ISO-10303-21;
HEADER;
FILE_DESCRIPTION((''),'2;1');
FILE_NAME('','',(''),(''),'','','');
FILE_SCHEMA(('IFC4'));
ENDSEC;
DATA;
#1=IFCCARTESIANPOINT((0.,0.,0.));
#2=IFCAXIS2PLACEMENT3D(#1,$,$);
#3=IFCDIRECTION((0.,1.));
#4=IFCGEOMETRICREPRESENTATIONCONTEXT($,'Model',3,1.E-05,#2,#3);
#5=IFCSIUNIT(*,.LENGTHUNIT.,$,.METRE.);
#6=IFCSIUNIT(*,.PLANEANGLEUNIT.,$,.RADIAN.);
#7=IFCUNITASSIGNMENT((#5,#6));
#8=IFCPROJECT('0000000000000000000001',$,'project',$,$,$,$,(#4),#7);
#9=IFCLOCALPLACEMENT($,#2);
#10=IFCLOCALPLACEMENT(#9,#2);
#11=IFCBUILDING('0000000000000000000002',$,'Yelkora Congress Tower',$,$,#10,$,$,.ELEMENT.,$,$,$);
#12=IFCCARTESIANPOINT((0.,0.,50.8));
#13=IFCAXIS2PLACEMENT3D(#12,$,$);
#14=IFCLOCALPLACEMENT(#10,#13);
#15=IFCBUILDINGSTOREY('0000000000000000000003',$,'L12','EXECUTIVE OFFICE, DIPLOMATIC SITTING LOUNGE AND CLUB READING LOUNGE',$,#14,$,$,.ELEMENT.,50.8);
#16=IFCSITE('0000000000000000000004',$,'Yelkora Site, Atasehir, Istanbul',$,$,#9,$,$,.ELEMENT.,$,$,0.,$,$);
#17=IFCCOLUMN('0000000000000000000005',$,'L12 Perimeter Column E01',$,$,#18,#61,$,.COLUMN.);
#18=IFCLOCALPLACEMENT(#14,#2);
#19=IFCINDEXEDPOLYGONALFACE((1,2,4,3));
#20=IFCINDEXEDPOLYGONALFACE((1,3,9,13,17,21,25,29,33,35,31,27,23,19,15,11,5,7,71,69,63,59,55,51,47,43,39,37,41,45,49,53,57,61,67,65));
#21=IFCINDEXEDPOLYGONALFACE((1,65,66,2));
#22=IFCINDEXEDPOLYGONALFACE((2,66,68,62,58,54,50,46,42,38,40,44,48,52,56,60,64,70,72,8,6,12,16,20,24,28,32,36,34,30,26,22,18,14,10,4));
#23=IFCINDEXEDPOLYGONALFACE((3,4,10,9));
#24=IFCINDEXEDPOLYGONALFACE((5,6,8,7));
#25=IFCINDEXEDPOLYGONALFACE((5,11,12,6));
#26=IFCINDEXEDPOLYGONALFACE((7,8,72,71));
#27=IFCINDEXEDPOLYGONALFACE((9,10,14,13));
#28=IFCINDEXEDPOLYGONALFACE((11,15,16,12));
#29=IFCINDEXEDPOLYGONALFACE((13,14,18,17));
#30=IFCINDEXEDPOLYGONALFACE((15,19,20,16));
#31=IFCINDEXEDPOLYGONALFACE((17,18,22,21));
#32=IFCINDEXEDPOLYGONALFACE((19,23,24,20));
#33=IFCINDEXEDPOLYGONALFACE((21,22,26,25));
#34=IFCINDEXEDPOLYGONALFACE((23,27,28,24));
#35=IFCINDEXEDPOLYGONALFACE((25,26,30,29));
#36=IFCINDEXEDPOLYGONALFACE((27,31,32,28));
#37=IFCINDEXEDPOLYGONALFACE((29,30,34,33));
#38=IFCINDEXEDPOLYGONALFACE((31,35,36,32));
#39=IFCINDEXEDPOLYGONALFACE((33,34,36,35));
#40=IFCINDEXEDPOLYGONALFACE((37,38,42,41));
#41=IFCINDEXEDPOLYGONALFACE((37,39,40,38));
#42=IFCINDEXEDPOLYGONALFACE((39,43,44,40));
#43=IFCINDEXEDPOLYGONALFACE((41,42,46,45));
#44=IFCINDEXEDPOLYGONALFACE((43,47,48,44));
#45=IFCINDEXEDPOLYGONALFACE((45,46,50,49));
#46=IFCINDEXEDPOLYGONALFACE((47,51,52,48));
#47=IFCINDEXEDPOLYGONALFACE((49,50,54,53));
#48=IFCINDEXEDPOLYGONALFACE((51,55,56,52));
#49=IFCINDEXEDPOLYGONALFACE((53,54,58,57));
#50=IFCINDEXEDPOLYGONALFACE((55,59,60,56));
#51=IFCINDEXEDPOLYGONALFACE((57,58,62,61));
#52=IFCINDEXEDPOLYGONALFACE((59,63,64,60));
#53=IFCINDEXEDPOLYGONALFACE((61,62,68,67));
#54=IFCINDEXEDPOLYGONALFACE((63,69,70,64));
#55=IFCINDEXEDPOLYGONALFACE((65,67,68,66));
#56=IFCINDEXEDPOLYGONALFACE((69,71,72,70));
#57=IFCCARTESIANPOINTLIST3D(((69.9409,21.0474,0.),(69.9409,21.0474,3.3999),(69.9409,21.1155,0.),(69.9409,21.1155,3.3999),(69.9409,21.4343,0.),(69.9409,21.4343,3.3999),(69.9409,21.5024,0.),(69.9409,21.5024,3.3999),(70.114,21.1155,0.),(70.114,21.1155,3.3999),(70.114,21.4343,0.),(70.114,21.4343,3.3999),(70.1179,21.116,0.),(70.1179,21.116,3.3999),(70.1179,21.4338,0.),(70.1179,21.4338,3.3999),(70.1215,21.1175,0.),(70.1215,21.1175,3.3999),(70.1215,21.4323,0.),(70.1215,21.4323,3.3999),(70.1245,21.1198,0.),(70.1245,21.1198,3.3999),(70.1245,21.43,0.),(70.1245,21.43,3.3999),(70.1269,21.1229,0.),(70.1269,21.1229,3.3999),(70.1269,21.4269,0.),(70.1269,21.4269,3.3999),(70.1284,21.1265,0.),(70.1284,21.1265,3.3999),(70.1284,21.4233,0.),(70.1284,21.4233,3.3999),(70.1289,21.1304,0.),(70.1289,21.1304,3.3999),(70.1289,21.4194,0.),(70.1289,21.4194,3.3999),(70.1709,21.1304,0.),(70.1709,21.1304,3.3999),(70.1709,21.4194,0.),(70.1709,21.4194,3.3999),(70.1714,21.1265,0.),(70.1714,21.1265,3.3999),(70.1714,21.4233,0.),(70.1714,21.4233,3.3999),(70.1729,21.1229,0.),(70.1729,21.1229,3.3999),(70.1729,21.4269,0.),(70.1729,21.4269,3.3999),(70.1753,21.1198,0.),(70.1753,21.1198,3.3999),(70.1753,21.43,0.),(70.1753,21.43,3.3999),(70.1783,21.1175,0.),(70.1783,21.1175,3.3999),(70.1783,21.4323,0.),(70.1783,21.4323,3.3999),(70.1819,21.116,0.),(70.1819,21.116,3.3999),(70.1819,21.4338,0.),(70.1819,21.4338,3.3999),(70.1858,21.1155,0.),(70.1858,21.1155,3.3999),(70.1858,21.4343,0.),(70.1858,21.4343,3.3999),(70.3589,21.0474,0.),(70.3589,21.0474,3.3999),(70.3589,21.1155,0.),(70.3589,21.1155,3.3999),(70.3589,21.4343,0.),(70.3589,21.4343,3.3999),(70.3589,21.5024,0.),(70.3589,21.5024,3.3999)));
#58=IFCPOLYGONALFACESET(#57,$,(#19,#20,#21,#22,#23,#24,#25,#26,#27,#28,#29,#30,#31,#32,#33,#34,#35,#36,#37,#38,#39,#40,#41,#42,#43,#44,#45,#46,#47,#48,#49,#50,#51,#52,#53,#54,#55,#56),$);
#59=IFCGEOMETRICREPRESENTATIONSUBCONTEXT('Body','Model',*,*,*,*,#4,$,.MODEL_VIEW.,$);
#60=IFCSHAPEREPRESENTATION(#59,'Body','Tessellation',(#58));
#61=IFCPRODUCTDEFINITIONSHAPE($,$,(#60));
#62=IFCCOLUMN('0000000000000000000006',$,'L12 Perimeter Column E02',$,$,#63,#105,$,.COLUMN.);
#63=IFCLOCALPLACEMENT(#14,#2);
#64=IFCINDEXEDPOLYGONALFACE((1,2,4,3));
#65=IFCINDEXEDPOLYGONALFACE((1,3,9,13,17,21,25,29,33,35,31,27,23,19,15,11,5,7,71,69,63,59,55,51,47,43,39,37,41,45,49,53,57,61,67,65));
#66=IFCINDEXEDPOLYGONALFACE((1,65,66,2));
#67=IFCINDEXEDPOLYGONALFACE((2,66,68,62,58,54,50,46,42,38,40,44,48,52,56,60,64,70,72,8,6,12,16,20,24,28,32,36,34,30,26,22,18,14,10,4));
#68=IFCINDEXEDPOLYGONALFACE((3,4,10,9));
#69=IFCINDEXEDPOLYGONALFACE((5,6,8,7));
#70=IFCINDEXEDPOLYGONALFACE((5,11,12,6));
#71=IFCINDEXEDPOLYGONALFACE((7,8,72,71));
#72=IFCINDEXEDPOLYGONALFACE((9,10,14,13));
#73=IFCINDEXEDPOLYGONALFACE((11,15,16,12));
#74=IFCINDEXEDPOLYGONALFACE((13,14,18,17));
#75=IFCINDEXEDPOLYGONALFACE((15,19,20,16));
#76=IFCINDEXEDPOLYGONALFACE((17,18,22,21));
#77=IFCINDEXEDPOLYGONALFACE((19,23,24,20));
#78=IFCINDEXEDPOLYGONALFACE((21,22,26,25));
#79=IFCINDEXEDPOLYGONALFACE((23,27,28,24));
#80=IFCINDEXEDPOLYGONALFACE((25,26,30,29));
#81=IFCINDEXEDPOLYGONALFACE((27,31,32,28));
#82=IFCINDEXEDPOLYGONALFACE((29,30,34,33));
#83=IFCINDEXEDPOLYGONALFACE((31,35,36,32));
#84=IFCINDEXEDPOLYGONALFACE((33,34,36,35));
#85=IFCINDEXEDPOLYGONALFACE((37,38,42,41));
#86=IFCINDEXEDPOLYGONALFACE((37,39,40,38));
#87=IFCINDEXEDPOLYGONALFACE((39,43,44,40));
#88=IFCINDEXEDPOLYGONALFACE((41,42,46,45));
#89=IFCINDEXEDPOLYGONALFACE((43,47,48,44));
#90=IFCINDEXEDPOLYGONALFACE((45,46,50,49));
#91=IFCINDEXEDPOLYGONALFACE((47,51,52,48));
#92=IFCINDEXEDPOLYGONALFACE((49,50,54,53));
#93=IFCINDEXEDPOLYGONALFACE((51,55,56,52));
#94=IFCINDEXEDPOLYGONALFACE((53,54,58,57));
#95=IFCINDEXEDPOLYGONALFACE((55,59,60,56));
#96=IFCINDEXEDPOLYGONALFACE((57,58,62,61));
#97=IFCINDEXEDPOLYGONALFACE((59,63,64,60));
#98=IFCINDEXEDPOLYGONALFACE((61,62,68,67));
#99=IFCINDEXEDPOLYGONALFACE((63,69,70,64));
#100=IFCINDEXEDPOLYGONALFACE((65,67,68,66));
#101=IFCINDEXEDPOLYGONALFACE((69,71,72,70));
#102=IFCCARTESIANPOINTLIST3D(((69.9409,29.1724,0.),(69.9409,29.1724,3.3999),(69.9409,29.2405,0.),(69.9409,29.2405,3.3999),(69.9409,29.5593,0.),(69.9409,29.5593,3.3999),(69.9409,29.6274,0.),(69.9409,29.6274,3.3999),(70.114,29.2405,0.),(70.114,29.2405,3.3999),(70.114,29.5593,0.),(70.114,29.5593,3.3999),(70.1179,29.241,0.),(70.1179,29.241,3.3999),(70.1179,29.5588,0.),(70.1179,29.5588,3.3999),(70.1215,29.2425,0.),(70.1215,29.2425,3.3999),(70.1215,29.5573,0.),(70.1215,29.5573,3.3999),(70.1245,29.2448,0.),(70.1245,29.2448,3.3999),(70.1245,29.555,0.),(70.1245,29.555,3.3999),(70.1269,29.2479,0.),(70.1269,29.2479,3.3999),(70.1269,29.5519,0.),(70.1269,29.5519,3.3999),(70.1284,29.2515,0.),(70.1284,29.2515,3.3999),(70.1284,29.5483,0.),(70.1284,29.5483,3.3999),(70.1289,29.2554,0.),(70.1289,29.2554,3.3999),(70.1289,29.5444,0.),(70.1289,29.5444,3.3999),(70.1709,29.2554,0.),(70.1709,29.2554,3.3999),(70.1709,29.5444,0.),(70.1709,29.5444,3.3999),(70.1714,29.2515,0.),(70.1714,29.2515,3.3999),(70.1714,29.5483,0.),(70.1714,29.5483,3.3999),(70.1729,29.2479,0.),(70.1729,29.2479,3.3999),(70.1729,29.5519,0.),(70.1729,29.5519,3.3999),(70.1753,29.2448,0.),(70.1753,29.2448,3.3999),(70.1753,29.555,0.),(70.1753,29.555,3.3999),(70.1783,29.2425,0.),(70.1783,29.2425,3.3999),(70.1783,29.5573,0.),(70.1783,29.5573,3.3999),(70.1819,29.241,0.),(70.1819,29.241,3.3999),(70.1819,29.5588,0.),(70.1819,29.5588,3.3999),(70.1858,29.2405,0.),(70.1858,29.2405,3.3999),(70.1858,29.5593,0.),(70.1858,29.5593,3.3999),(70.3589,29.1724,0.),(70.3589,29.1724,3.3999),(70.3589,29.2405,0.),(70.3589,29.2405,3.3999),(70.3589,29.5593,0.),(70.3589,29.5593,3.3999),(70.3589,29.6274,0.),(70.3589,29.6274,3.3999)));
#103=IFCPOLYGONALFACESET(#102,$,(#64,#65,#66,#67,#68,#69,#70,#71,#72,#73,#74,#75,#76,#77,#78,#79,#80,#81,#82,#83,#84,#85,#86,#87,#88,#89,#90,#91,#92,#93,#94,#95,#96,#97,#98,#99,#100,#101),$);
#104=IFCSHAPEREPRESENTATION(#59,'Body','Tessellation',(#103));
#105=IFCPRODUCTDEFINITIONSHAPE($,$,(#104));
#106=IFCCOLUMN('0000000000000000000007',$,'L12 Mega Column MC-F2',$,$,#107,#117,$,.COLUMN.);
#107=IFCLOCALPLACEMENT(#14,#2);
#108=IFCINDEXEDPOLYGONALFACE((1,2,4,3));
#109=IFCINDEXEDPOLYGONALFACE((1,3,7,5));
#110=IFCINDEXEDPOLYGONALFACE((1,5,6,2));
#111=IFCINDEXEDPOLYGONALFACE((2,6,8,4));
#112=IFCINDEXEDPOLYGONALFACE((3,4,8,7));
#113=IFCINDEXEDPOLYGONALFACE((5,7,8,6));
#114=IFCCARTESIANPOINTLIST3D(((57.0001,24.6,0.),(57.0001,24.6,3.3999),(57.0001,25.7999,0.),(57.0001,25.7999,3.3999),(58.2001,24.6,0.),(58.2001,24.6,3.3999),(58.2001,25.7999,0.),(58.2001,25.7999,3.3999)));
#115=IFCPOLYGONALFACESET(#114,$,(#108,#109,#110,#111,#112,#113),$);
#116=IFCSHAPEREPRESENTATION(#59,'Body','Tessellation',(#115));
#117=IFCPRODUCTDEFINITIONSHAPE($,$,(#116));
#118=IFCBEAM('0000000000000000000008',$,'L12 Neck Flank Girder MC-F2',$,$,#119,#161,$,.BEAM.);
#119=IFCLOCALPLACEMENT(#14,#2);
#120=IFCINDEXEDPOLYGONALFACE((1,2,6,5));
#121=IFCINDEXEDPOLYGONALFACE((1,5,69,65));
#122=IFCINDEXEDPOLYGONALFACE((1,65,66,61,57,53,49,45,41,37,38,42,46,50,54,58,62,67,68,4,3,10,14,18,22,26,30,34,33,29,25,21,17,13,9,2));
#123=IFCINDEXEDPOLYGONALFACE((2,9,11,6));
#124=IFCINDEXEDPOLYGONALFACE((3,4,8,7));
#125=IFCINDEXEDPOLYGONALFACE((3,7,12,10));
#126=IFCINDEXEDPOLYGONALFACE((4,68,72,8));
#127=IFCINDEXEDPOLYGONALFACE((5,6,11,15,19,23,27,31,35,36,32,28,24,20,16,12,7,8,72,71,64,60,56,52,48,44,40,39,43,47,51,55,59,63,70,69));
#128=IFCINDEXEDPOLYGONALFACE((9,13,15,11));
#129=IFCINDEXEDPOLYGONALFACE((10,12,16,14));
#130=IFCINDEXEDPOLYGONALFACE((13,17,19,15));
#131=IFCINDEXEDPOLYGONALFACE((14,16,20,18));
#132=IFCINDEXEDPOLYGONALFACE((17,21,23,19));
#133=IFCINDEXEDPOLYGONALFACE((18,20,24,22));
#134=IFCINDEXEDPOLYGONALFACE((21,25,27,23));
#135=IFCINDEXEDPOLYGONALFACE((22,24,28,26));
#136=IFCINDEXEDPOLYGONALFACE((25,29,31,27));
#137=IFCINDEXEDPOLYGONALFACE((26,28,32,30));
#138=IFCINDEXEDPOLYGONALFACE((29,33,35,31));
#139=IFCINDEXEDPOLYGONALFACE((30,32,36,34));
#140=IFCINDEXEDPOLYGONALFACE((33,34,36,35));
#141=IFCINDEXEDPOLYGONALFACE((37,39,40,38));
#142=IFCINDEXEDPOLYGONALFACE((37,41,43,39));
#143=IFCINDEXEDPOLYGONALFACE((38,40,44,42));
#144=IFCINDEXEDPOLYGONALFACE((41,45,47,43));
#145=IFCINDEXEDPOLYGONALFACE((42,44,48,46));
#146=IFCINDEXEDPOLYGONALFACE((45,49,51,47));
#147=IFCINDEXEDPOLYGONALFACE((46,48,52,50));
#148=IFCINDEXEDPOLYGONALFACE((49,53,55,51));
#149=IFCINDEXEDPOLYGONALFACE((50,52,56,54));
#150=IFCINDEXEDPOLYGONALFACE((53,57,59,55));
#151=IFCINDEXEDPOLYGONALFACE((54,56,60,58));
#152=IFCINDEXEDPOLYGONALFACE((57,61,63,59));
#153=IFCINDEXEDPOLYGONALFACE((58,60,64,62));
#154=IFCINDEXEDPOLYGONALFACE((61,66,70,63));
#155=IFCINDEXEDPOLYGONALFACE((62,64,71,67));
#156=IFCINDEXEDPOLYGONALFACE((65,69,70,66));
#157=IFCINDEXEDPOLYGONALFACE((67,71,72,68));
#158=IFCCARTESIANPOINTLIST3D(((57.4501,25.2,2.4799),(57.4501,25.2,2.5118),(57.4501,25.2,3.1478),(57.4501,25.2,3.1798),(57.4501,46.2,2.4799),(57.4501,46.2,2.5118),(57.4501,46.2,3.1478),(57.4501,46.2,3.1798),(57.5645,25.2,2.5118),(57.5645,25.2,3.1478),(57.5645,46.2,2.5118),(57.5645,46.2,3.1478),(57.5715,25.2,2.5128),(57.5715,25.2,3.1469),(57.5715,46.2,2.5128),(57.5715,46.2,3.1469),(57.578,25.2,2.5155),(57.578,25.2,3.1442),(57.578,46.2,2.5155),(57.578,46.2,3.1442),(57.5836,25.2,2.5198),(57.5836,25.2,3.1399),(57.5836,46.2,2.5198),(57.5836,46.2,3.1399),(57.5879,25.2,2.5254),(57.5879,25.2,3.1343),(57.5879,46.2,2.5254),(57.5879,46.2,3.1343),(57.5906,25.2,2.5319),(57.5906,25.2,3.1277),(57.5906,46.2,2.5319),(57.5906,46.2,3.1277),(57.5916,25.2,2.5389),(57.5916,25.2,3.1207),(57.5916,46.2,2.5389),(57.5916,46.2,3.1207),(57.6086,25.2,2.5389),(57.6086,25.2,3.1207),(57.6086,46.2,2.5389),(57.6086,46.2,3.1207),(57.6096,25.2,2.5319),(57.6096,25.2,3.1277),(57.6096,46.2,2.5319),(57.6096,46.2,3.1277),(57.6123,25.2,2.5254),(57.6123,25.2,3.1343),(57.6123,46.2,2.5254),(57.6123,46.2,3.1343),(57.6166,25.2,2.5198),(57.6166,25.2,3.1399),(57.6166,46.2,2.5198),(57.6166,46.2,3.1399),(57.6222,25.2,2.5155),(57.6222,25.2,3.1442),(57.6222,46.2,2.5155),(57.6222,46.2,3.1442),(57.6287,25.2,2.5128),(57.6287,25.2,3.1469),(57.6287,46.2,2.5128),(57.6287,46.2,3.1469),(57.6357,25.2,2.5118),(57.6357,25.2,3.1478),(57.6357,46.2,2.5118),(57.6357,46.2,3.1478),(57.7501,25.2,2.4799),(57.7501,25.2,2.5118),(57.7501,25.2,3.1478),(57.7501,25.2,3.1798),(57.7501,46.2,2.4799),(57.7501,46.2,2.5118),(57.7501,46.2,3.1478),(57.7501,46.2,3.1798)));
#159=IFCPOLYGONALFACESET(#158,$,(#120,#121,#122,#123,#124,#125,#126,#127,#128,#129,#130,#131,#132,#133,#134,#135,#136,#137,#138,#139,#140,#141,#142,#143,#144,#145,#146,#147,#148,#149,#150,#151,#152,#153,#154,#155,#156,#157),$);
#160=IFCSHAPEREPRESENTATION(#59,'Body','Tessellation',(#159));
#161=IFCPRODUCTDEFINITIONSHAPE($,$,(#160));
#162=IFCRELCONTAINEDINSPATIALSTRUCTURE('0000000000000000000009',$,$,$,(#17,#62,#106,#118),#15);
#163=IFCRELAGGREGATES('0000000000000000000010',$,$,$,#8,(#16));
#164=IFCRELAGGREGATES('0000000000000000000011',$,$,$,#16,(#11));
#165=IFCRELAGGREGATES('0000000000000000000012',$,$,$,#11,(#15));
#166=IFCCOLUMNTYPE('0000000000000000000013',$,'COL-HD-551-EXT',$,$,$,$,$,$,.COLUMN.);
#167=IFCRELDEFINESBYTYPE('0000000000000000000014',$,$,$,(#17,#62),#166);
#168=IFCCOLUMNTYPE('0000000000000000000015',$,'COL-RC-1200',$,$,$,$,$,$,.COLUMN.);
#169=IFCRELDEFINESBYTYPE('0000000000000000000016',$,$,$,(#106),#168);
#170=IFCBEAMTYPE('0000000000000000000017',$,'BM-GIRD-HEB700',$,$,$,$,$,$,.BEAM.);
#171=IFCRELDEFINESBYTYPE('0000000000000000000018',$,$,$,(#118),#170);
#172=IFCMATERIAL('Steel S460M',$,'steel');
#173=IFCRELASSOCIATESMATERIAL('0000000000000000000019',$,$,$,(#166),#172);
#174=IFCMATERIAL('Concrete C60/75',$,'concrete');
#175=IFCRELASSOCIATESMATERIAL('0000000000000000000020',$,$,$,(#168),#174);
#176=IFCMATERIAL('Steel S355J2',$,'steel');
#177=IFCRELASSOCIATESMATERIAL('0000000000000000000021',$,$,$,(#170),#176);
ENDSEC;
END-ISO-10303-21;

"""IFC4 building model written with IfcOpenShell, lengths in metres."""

from ifc_helpers import new_model, si_unit, direction, frame, origin, origin_2d, place, context, subcontext, project, spatial, rectangle, i_section, extrude, material, material_profile, profile_set, type_object, element, save


model = new_model("IFC4")

# Units and contexts
model_context = context("Model", 3, precision=1e-05, world=origin(), true_north=direction((0.0, 1.0)))
body_context = subcontext(model_context, "Body", "Model", "MODEL_VIEW")
ifc_project = project(units=[si_unit("LENGTHUNIT", "METRE"), si_unit("PLANEANGLEUNIT", "RADIAN")], contexts=[model_context])

# Site, building, storey
site_placement = place(None, origin())
site = spatial("IfcSite", under=ifc_project, at=site_placement, Name="Yelkora Site, Atasehir, Istanbul", CompositionType="ELEMENT", RefElevation=0.0)
building_placement = place(site_placement, origin())
building = spatial("IfcBuilding", under=site, at=building_placement, Name="Yelkora Congress Tower", CompositionType="ELEMENT")
storey_placement = place(building_placement, frame((0.0, 0.0, 50.8)))
storey = spatial("IfcBuildingStorey", under=building, at=storey_placement, Name="L12", Description="EXECUTIVE OFFICE, DIPLOMATIC SITTING LOUNGE AND CLUB READING LOUNGE", CompositionType="ELEMENT", Elevation=50.8)

# Columns
ifc_material_1 = material(Name="Steel S460M", Category="steel")
ifc_material_profile_1 = material_profile(ifc_material_1, i_section(OverallWidth=0.418, OverallDepth=0.4551, WebThickness=0.042, FlangeThickness=0.0681, FilletRadius=0.0149, at=origin_2d()), Name="HD 400x551")
ifc_profile_set_1 = profile_set([ifc_material_profile_1], Name="Steel S460M")
column_type_1 = type_object("IfcColumnType", Name="COL-HD-551-EXT", PredefinedType="COLUMN", material=ifc_profile_set_1)
for number, where, z_axis, x_axis, name in (
    (1, (70.1499, 21.2749, 0.0), (0.0, 0.0, 1.0), (1.0, 0.0, 0.0), "L12 Perimeter Column E01"),
    (2, (70.1499, 29.3999, 0.0), (0.0, 0.0, 1.0), (1.0, 0.0, 0.0), "L12 Perimeter Column E02"),
):
    element("IfcColumn", number, at=place(storey_placement, frame(where, z_axis=z_axis, x_axis=x_axis)), inside=storey, type_object=column_type_1, Name=name, PredefinedType="COLUMN", context=body_context, shape_type="SweptSolid", body=[
        extrude(i_section(OverallWidth=0.418, OverallDepth=0.4551, WebThickness=0.042, FlangeThickness=0.0681, FilletRadius=0.0149, at=origin_2d()), origin(), (0.0, 0.0, 1.0), 3.3999),
    ])
ifc_material_2 = material(Name="Concrete C60/75", Category="concrete")
ifc_material_profile_2 = material_profile(ifc_material_2, rectangle(XDim=1.2, YDim=1.2, at=origin_2d()), Name="RC 1200x1200")
ifc_profile_set_2 = profile_set([ifc_material_profile_2], Name="Concrete C60/75")
column_type_2 = type_object("IfcColumnType", Name="COL-RC-1200", PredefinedType="COLUMN", material=ifc_profile_set_2)
column_placement = place(storey_placement, frame((57.6001, 25.2, 0.0), z_axis=(0.0, 0.0, 1.0), x_axis=(1.0, 0.0, 0.0)))
element("IfcColumn", 3, at=column_placement, inside=storey, type_object=column_type_2, Name="L12 Mega Column MC-F2", PredefinedType="COLUMN", context=body_context, shape_type="SweptSolid", body=[
    extrude(rectangle(XDim=1.2, YDim=1.2, at=origin_2d()), origin(), (0.0, 0.0, 1.0), 3.3999),
])

# Beam
ifc_material_3 = material(Name="Steel S355J2", Category="steel")
ifc_material_profile_3 = material_profile(ifc_material_3, i_section(OverallWidth=0.3, OverallDepth=0.7, WebThickness=0.0171, FlangeThickness=0.032, FilletRadius=0.0271, at=origin_2d()), Name="HEB 700")
ifc_profile_set_3 = profile_set([ifc_material_profile_3], Name="Steel S355J2")
beam_type_1 = type_object("IfcBeamType", Name="BM-GIRD-HEB700", PredefinedType="BEAM", material=ifc_profile_set_3)
beam_1_placement = place(storey_placement, frame((57.6001, 25.2, 2.8298), z_axis=(0.0, 1.0, 0.0), x_axis=(-1.0, 0.0, 0.0)))
element("IfcBeam", 4, at=beam_1_placement, inside=storey, type_object=beam_type_1, Name="L12 Neck Flank Girder MC-F2", PredefinedType="BEAM", context=body_context, shape_type="SweptSolid", body=[
    extrude(i_section(OverallWidth=0.3, OverallDepth=0.7, WebThickness=0.0171, FlangeThickness=0.032, FilletRadius=0.0271, at=origin_2d()), origin(), (0.0, 0.0, 1.0), 21.0),
])

save(model, "model.ifc")
